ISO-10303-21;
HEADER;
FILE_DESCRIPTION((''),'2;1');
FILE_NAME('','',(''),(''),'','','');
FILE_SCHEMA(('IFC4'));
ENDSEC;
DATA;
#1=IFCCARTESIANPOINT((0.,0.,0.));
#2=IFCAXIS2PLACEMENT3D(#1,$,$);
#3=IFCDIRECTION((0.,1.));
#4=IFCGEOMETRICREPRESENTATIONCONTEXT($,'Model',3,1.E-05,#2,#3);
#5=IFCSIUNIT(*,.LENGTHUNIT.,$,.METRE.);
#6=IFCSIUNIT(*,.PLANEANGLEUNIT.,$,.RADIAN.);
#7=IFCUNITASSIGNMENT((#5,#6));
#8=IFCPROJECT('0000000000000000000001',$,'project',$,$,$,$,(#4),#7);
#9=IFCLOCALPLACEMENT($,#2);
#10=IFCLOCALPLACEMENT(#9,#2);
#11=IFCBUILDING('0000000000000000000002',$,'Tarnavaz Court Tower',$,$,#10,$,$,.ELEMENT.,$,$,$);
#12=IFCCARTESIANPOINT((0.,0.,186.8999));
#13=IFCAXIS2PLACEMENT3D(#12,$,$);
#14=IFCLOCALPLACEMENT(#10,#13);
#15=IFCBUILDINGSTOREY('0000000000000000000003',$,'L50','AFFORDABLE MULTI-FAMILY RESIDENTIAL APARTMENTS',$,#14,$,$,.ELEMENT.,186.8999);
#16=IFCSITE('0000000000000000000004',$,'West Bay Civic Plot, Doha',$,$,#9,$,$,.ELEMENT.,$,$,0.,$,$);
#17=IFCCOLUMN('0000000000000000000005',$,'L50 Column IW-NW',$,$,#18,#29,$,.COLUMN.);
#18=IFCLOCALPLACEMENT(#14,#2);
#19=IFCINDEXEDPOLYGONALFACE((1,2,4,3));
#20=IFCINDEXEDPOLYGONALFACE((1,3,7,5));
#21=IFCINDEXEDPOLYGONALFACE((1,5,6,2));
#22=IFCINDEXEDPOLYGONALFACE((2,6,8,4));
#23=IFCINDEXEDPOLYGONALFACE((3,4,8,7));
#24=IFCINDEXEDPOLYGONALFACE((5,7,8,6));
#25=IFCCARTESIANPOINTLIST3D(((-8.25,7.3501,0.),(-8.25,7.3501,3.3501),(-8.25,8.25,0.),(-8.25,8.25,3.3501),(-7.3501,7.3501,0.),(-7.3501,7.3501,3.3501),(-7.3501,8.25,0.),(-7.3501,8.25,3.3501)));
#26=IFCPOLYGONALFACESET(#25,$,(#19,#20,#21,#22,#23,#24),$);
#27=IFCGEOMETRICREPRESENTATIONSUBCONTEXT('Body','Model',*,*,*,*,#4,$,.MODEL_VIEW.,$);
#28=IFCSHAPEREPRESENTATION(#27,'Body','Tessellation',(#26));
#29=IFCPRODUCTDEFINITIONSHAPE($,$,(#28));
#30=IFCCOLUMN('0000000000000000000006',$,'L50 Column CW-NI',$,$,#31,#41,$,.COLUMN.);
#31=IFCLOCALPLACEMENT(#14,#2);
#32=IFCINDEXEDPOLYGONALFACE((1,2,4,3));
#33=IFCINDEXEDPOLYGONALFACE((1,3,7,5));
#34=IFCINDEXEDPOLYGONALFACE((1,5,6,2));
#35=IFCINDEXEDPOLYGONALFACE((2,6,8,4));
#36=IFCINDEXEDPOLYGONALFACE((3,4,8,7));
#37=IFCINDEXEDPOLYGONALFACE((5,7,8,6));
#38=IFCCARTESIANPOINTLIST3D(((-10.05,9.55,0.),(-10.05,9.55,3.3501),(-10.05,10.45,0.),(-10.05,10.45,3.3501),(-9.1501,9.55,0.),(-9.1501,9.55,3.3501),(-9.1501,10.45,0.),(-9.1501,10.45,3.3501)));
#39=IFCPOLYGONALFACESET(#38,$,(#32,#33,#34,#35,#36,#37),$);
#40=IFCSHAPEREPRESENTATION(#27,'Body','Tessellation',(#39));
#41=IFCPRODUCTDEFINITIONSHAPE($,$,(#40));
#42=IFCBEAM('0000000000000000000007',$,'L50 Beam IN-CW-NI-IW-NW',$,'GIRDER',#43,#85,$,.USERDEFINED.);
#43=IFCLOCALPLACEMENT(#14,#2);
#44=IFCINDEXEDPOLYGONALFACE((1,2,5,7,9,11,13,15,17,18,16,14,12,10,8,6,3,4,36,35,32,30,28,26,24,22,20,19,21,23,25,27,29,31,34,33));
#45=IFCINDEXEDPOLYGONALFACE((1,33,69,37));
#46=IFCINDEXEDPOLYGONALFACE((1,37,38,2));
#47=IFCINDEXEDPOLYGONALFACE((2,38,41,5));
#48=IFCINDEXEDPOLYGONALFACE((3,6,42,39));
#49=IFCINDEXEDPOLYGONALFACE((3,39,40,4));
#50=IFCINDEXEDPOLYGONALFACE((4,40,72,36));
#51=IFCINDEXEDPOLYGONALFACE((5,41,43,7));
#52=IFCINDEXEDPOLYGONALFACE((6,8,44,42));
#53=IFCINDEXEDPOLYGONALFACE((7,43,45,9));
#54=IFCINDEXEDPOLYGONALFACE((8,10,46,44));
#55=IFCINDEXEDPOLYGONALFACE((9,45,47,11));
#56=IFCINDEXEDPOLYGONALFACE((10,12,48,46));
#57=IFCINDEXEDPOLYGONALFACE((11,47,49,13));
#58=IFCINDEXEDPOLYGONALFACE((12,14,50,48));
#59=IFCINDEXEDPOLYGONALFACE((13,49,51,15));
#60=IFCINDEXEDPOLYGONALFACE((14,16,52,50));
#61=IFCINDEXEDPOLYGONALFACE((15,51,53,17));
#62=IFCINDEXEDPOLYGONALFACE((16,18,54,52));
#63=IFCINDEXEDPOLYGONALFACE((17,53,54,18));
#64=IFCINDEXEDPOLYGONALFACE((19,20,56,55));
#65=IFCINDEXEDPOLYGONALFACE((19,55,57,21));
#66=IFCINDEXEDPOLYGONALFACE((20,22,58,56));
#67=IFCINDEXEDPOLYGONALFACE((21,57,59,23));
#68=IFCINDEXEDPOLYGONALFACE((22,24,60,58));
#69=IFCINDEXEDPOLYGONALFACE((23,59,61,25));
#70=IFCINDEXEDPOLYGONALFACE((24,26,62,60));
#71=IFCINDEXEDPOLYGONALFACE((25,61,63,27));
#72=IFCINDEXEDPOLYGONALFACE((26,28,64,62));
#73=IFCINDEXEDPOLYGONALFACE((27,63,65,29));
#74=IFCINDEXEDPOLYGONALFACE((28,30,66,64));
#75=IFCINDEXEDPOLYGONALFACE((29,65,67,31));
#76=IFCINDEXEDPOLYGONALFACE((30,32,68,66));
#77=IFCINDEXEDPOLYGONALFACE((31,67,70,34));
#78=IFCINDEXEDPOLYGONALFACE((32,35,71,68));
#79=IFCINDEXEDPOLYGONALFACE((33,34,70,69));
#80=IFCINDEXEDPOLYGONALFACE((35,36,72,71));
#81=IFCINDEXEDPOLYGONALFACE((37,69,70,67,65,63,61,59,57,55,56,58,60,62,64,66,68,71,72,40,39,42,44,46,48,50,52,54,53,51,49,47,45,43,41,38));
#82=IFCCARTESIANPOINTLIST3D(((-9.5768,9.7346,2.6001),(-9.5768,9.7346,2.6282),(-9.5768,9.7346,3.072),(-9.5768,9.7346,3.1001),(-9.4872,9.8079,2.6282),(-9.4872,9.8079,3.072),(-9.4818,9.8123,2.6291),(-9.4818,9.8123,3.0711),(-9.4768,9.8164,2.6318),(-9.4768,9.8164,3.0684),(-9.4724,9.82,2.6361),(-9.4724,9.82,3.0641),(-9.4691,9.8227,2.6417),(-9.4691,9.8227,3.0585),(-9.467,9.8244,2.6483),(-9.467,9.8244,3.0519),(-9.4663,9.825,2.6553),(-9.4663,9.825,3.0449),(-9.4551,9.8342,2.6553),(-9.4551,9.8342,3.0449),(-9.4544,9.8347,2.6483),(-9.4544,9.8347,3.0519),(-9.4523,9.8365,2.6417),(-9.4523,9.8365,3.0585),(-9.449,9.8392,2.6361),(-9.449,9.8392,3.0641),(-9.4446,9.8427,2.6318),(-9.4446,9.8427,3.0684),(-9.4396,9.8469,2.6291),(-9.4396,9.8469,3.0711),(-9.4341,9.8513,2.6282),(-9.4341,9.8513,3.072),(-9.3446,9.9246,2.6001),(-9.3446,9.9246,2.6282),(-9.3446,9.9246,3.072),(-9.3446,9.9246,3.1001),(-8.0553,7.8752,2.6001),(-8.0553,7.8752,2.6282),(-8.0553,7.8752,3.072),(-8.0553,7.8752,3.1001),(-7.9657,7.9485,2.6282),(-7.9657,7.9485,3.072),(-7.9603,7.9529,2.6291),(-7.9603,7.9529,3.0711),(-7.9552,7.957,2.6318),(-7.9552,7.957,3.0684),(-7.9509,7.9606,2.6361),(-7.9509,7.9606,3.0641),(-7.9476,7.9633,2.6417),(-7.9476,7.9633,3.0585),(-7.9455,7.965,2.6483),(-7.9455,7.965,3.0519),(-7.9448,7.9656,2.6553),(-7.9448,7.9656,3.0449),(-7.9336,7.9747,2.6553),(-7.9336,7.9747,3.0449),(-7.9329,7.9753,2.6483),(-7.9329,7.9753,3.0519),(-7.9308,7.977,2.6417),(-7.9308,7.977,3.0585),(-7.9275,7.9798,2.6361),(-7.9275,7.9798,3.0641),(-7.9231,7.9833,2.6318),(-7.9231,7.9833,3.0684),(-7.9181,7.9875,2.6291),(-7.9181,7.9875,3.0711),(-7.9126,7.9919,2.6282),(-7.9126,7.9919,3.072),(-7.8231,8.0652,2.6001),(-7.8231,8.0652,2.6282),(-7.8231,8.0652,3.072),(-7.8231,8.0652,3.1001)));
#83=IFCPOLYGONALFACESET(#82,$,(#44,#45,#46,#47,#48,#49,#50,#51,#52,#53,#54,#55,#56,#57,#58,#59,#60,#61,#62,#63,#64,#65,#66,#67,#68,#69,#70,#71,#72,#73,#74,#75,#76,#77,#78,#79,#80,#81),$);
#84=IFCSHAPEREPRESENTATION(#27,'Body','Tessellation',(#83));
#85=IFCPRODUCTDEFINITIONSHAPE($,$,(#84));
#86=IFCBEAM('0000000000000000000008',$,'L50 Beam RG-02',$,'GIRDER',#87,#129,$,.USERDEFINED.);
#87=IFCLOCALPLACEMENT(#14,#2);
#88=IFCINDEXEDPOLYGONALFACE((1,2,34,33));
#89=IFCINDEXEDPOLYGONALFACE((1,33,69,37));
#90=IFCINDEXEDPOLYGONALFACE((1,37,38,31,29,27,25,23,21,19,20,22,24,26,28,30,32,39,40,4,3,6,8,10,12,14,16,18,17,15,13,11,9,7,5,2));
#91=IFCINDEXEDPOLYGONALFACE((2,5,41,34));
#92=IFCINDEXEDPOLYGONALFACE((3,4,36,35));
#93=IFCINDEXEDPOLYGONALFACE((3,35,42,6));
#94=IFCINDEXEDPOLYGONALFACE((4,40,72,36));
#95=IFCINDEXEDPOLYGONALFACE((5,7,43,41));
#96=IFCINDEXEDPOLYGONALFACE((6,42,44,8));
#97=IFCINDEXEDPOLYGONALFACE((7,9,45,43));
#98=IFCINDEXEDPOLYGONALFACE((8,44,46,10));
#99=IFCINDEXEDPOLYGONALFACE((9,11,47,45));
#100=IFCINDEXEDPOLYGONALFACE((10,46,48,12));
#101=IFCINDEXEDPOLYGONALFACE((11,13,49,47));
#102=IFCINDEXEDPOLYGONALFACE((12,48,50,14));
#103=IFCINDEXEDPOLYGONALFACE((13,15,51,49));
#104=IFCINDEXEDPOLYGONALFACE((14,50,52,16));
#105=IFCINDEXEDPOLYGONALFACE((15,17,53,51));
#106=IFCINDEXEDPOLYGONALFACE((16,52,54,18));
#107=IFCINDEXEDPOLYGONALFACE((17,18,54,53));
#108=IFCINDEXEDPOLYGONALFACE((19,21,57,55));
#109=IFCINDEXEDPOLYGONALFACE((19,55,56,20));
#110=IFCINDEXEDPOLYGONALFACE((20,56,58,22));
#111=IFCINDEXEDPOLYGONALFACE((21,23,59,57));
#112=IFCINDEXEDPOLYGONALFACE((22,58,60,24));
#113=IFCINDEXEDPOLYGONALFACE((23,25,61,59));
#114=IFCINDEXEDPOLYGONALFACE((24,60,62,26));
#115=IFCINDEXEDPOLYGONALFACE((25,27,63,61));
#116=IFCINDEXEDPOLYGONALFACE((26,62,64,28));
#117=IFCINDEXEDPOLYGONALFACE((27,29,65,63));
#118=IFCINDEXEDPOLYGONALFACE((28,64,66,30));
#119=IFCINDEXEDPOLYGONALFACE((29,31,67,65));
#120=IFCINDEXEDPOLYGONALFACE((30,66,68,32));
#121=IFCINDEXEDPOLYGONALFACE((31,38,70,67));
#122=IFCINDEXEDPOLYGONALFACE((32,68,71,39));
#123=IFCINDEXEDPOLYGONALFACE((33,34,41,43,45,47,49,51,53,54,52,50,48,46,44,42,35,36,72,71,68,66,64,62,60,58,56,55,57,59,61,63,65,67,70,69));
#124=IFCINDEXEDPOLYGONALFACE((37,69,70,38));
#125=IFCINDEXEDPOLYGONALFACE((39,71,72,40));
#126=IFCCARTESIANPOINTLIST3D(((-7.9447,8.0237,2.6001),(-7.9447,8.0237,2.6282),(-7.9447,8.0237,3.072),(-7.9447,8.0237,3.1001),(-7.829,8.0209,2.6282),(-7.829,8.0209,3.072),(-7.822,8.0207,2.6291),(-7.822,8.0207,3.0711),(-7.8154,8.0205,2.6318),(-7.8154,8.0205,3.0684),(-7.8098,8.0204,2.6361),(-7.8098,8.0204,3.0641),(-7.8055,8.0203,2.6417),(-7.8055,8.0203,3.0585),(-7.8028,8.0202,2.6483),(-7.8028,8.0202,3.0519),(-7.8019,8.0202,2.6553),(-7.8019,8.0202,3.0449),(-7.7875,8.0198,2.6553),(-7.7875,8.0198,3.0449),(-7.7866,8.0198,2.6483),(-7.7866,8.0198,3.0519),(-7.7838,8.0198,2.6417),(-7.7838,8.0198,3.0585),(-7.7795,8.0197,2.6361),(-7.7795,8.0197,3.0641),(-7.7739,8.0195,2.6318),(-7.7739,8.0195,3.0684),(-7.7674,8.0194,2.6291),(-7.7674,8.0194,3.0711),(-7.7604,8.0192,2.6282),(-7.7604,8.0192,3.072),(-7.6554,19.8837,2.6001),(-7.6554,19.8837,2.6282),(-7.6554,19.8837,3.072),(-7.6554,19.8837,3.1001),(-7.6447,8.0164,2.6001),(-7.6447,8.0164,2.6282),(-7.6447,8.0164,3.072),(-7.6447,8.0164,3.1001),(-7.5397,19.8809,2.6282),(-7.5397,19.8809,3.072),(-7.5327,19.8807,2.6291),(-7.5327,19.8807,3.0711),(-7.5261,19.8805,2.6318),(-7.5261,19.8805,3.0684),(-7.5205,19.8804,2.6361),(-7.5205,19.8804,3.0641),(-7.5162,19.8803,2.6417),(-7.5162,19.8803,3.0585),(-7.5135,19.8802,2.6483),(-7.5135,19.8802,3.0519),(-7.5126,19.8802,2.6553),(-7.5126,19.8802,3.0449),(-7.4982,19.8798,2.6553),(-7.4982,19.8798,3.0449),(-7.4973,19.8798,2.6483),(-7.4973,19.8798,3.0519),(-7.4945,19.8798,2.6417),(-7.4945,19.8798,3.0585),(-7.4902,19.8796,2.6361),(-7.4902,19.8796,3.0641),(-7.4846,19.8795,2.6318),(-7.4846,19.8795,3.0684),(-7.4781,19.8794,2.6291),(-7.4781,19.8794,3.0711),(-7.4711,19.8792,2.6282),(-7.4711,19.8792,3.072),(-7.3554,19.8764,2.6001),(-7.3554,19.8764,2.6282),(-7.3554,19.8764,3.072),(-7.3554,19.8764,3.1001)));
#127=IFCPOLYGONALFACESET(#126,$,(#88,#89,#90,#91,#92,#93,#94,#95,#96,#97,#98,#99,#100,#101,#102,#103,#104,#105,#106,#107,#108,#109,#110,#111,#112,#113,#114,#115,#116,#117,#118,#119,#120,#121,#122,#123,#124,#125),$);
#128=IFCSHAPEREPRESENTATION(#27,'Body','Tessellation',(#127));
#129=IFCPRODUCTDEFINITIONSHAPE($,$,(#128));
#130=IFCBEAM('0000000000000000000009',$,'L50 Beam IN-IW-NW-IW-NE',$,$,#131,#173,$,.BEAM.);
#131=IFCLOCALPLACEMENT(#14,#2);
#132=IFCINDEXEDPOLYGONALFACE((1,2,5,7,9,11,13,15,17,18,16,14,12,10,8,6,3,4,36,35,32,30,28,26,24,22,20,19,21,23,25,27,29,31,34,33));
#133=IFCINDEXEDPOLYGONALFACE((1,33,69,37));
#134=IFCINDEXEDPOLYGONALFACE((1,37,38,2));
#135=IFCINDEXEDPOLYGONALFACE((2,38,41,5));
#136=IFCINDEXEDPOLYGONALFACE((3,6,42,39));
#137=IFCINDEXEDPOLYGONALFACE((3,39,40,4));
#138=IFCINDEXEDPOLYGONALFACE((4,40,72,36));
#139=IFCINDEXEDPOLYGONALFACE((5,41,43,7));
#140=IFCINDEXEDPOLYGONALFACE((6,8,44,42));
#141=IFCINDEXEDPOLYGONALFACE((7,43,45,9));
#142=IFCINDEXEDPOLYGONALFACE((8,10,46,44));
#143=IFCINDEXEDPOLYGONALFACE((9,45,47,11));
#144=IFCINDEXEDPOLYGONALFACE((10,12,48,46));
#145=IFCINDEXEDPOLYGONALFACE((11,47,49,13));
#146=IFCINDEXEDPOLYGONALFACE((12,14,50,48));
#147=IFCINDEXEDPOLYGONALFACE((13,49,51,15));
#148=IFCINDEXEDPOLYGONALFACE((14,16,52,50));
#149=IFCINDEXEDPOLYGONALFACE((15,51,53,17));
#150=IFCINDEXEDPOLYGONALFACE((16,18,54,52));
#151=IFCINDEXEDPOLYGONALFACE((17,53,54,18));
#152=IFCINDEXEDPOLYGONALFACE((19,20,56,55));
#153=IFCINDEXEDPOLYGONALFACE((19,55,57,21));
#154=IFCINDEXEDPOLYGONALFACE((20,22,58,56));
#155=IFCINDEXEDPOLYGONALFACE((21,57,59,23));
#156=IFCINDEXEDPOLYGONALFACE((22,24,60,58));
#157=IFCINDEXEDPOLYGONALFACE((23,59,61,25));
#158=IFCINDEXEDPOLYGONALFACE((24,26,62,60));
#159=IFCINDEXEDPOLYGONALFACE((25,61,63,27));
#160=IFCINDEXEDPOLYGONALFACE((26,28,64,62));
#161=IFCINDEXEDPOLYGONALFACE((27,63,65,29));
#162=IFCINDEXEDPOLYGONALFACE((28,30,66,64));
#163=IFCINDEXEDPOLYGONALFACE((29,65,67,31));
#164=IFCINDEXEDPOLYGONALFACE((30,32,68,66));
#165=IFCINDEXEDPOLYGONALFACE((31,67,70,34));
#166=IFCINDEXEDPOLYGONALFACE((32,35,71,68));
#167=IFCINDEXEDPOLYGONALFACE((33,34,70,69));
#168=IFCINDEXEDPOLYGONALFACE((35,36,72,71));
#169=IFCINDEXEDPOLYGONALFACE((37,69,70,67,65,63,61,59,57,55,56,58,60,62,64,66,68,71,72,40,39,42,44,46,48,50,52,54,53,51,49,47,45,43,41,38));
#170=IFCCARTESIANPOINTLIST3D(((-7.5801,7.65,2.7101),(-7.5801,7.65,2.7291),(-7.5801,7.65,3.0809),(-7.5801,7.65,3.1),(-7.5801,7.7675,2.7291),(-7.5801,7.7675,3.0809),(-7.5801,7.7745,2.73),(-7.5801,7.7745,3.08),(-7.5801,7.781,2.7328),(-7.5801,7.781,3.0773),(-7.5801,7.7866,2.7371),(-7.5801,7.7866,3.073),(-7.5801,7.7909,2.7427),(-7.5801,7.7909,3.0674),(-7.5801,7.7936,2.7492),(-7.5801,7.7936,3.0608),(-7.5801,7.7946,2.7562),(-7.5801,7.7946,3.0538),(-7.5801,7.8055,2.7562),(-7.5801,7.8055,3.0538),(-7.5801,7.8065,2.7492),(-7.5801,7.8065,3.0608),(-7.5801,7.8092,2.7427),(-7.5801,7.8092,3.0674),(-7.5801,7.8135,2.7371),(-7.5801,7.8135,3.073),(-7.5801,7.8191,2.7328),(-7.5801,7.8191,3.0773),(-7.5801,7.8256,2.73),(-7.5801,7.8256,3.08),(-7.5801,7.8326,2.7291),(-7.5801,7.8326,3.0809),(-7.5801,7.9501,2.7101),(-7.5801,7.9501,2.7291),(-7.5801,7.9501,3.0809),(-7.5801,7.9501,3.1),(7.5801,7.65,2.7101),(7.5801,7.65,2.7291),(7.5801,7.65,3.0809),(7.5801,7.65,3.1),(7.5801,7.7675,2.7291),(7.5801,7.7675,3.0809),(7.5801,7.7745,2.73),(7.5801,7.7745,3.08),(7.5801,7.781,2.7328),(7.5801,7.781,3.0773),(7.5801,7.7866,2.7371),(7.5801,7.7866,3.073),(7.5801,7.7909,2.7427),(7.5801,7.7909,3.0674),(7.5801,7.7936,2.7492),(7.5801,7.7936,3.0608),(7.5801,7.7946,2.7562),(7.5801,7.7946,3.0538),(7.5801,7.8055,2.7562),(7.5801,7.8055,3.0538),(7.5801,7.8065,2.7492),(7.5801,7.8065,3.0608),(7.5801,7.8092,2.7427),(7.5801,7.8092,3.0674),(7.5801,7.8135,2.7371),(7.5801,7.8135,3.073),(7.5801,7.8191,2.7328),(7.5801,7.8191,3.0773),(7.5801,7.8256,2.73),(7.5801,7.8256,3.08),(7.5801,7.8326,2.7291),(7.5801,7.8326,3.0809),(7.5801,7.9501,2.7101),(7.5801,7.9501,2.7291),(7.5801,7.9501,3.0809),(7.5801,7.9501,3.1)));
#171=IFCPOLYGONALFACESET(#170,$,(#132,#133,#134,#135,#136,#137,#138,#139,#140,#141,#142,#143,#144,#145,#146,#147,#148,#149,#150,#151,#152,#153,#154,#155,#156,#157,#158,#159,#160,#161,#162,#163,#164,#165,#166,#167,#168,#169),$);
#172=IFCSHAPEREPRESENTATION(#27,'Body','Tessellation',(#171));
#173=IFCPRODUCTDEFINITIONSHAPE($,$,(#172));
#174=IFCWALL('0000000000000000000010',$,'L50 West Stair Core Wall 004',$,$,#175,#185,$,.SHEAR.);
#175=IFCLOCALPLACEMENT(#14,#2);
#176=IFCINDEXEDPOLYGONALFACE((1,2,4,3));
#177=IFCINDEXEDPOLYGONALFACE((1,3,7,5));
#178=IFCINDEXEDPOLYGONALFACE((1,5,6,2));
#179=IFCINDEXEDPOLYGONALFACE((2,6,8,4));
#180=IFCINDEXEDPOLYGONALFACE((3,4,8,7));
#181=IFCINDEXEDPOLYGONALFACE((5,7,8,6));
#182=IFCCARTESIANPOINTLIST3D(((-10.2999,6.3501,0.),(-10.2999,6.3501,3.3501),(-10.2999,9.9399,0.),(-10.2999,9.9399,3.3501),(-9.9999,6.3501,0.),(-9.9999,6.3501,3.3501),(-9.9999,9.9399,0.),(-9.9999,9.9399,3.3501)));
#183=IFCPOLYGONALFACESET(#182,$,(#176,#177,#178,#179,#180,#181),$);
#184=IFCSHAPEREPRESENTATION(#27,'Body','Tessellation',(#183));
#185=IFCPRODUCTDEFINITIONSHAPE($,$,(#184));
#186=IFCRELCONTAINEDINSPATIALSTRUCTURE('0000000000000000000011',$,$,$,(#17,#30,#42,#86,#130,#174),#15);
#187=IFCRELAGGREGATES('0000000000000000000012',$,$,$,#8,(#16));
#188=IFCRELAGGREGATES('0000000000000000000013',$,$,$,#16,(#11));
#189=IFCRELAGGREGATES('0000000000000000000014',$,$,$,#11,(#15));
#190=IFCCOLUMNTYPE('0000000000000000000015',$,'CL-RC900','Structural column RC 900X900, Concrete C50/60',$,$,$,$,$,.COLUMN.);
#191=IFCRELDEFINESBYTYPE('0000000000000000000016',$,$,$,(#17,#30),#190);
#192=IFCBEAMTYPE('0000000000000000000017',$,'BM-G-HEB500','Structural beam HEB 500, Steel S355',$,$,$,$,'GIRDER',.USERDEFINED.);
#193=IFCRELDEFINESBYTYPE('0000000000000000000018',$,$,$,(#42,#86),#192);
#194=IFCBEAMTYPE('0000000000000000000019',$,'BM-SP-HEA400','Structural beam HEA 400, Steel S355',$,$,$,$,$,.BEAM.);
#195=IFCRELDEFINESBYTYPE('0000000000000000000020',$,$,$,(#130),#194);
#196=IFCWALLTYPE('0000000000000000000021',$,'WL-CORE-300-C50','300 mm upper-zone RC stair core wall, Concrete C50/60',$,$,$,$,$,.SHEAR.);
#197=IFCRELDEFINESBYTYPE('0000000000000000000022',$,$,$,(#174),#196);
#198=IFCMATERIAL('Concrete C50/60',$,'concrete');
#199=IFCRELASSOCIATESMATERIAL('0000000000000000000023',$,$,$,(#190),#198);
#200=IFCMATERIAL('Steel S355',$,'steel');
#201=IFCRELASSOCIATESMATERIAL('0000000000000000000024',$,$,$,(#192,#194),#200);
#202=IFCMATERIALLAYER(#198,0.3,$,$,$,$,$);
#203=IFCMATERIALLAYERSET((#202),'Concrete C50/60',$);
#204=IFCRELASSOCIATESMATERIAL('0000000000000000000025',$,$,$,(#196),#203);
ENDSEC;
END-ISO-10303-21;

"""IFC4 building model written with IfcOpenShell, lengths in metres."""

from ifc_helpers import new_model, si_unit, direction, frame, frame_2d, origin, origin_2d, place, context, subcontext, project, spatial, rectangle, i_section, extrude, material, layer, layer_set, material_profile, profile_set, type_object, element, save


model = new_model("IFC4")

# Units and contexts
model_context = context("Model", 3, precision=1e-05, world=origin(), true_north=direction((0.0, 1.0)))
body_context = subcontext(model_context, "Body", "Model", "MODEL_VIEW")
ifc_project = project(units=[si_unit("LENGTHUNIT", "METRE"), si_unit("PLANEANGLEUNIT", "RADIAN")], contexts=[model_context])

# Site, building, storey
site_placement = place(None, origin())
site = spatial("IfcSite", under=ifc_project, at=site_placement, Name="West Bay Civic Plot, Doha", CompositionType="ELEMENT", RefElevation=0.0)
building_placement = place(site_placement, origin())
building = spatial("IfcBuilding", under=site, at=building_placement, Name="Tarnavaz Court Tower", CompositionType="ELEMENT")
storey_placement = place(building_placement, frame((0.0, 0.0, 186.8999)))
storey = spatial("IfcBuildingStorey", under=building, at=storey_placement, Name="L50", Description="AFFORDABLE MULTI-FAMILY RESIDENTIAL APARTMENTS", CompositionType="ELEMENT", Elevation=186.8999)

# Columns
ifc_material_1 = material(Name="Concrete C50/60", Category="concrete")
ifc_material_profile_1 = material_profile(ifc_material_1, rectangle(XDim=0.8999, YDim=0.8999, at=origin_2d()), Name="RC 900X900")
ifc_profile_set_1 = profile_set([ifc_material_profile_1], Name="Concrete C50/60")
column_type = type_object("IfcColumnType", Name="CL-RC900", Description="Structural column RC 900X900, Concrete C50/60", PredefinedType="COLUMN", material=ifc_profile_set_1)
for number, where, z_axis, x_axis, name in (
    (1, (-7.8, 7.8, 0.0), (0.0, 0.0, 1.0), (1.0, 0.0, 0.0), "L50 Column IW-NW"),
    (2, (-9.6001, 10.0, 0.0), (0.0, 0.0, 1.0), (1.0, 0.0, 0.0), "L50 Column CW-NI"),
):
    element("IfcColumn", number, at=place(storey_placement, frame(where, z_axis=z_axis, x_axis=x_axis)), inside=storey, type_object=column_type, Name=name, PredefinedType="COLUMN", context=body_context, shape_type="SweptSolid", body=[
        extrude(rectangle(XDim=0.8999, YDim=0.8999, at=origin_2d()), origin(), (0.0, 0.0, 1.0), 3.3501),
    ])

# Beams
ifc_material_2 = material(Name="Steel S355", Category="steel")
ifc_material_profile_2 = material_profile(ifc_material_2, i_section(OverallWidth=0.3, OverallDepth=0.5, WebThickness=0.0144, FlangeThickness=0.0281, FilletRadius=0.0271, at=origin_2d()), Name="HEB 500")
ifc_profile_set_2 = profile_set([ifc_material_profile_2], Name="Steel S355")
beam_type_1 = type_object("IfcBeamType", Name="BM-G-HEB500", Description="Structural beam HEB 500, Steel S355", ElementType="GIRDER", PredefinedType="USERDEFINED", material=ifc_profile_set_2)
beam_1_placement = place(storey_placement, frame((-9.4607, 9.8296, 2.8501), z_axis=(0.633282, -0.773921, 0.0), x_axis=(0.773921, 0.633282, 0.0)))
element("IfcBeam", 3, at=beam_1_placement, inside=storey, type_object=beam_type_1, Name="L50 Beam IN-CW-NI-IW-NW", ObjectType="GIRDER", PredefinedType="USERDEFINED", context=body_context, shape_type="SweptSolid", body=[
    extrude(i_section(OverallWidth=0.3, OverallDepth=0.5, WebThickness=0.0144, FlangeThickness=0.0281, FilletRadius=0.0271, at=origin_2d()), origin(), (0.0, 0.0, 1.0), 2.4026),
])
beam_2_placement = place(storey_placement, frame((-7.7947, 8.02, 2.8501), z_axis=(0.024386, 0.999703, 0.0), x_axis=(-0.999703, 0.024386, 0.0)))
element("IfcBeam", 4, at=beam_2_placement, inside=storey, type_object=beam_type_1, Name="L50 Beam RG-02", ObjectType="GIRDER", PredefinedType="USERDEFINED", context=body_context, shape_type="SweptSolid", body=[
    extrude(i_section(OverallWidth=0.3, OverallDepth=0.5, WebThickness=0.0144, FlangeThickness=0.0281, FilletRadius=0.0271, at=origin_2d()), origin(), (0.0, 0.0, 1.0), 11.8635),
])
ifc_material_profile_3 = material_profile(ifc_material_2, i_section(OverallWidth=0.3, OverallDepth=0.3899, WebThickness=0.011, FlangeThickness=0.019, FilletRadius=0.0271, at=origin_2d()), Name="HEA 400")
ifc_profile_set_3 = profile_set([ifc_material_profile_3], Name="Steel S355")
beam_type_2 = type_object("IfcBeamType", Name="BM-SP-HEA400", Description="Structural beam HEA 400, Steel S355", PredefinedType="BEAM", material=ifc_profile_set_3)
beam_3_placement = place(storey_placement, frame((-7.5801, 7.8, 2.905), z_axis=(1.0, 0.0, 0.0), x_axis=(0.0, 1.0, 0.0)))
element("IfcBeam", 5, at=beam_3_placement, inside=storey, type_object=beam_type_2, Name="L50 Beam IN-IW-NW-IW-NE", PredefinedType="BEAM", context=body_context, shape_type="SweptSolid", body=[
    extrude(i_section(OverallWidth=0.3, OverallDepth=0.3899, WebThickness=0.011, FlangeThickness=0.019, FilletRadius=0.0271, at=origin_2d()), origin(), (0.0, 0.0, 1.0), 15.1602),
])

# Wall
ifc_layer_1 = layer(ifc_material_1, 0.3)
ifc_layer_set_1 = layer_set([ifc_layer_1], Name="Concrete C50/60")
wall_type_1 = type_object("IfcWallType", Name="WL-CORE-300-C50", Description="300 mm upper-zone RC stair core wall, Concrete C50/60", PredefinedType="SHEAR", material=ifc_layer_set_1)
wall_1_placement = place(storey_placement, frame((-10.1499, 6.3501, 0.0), z_axis=(0.0, 0.0, 1.0), x_axis=(0.0, 1.0, 0.0)))
element("IfcWall", 6, at=wall_1_placement, inside=storey, type_object=wall_type_1, Name="L50 West Stair Core Wall 004", PredefinedType="SHEAR", context=body_context, shape_type="SweptSolid", body=[
    extrude(rectangle(XDim=3.5898, YDim=0.3, at=frame_2d((1.7949, 0.0))), origin(), (0.0, 0.0, 1.0), 3.3501),
])

save(model, "model.ifc")
